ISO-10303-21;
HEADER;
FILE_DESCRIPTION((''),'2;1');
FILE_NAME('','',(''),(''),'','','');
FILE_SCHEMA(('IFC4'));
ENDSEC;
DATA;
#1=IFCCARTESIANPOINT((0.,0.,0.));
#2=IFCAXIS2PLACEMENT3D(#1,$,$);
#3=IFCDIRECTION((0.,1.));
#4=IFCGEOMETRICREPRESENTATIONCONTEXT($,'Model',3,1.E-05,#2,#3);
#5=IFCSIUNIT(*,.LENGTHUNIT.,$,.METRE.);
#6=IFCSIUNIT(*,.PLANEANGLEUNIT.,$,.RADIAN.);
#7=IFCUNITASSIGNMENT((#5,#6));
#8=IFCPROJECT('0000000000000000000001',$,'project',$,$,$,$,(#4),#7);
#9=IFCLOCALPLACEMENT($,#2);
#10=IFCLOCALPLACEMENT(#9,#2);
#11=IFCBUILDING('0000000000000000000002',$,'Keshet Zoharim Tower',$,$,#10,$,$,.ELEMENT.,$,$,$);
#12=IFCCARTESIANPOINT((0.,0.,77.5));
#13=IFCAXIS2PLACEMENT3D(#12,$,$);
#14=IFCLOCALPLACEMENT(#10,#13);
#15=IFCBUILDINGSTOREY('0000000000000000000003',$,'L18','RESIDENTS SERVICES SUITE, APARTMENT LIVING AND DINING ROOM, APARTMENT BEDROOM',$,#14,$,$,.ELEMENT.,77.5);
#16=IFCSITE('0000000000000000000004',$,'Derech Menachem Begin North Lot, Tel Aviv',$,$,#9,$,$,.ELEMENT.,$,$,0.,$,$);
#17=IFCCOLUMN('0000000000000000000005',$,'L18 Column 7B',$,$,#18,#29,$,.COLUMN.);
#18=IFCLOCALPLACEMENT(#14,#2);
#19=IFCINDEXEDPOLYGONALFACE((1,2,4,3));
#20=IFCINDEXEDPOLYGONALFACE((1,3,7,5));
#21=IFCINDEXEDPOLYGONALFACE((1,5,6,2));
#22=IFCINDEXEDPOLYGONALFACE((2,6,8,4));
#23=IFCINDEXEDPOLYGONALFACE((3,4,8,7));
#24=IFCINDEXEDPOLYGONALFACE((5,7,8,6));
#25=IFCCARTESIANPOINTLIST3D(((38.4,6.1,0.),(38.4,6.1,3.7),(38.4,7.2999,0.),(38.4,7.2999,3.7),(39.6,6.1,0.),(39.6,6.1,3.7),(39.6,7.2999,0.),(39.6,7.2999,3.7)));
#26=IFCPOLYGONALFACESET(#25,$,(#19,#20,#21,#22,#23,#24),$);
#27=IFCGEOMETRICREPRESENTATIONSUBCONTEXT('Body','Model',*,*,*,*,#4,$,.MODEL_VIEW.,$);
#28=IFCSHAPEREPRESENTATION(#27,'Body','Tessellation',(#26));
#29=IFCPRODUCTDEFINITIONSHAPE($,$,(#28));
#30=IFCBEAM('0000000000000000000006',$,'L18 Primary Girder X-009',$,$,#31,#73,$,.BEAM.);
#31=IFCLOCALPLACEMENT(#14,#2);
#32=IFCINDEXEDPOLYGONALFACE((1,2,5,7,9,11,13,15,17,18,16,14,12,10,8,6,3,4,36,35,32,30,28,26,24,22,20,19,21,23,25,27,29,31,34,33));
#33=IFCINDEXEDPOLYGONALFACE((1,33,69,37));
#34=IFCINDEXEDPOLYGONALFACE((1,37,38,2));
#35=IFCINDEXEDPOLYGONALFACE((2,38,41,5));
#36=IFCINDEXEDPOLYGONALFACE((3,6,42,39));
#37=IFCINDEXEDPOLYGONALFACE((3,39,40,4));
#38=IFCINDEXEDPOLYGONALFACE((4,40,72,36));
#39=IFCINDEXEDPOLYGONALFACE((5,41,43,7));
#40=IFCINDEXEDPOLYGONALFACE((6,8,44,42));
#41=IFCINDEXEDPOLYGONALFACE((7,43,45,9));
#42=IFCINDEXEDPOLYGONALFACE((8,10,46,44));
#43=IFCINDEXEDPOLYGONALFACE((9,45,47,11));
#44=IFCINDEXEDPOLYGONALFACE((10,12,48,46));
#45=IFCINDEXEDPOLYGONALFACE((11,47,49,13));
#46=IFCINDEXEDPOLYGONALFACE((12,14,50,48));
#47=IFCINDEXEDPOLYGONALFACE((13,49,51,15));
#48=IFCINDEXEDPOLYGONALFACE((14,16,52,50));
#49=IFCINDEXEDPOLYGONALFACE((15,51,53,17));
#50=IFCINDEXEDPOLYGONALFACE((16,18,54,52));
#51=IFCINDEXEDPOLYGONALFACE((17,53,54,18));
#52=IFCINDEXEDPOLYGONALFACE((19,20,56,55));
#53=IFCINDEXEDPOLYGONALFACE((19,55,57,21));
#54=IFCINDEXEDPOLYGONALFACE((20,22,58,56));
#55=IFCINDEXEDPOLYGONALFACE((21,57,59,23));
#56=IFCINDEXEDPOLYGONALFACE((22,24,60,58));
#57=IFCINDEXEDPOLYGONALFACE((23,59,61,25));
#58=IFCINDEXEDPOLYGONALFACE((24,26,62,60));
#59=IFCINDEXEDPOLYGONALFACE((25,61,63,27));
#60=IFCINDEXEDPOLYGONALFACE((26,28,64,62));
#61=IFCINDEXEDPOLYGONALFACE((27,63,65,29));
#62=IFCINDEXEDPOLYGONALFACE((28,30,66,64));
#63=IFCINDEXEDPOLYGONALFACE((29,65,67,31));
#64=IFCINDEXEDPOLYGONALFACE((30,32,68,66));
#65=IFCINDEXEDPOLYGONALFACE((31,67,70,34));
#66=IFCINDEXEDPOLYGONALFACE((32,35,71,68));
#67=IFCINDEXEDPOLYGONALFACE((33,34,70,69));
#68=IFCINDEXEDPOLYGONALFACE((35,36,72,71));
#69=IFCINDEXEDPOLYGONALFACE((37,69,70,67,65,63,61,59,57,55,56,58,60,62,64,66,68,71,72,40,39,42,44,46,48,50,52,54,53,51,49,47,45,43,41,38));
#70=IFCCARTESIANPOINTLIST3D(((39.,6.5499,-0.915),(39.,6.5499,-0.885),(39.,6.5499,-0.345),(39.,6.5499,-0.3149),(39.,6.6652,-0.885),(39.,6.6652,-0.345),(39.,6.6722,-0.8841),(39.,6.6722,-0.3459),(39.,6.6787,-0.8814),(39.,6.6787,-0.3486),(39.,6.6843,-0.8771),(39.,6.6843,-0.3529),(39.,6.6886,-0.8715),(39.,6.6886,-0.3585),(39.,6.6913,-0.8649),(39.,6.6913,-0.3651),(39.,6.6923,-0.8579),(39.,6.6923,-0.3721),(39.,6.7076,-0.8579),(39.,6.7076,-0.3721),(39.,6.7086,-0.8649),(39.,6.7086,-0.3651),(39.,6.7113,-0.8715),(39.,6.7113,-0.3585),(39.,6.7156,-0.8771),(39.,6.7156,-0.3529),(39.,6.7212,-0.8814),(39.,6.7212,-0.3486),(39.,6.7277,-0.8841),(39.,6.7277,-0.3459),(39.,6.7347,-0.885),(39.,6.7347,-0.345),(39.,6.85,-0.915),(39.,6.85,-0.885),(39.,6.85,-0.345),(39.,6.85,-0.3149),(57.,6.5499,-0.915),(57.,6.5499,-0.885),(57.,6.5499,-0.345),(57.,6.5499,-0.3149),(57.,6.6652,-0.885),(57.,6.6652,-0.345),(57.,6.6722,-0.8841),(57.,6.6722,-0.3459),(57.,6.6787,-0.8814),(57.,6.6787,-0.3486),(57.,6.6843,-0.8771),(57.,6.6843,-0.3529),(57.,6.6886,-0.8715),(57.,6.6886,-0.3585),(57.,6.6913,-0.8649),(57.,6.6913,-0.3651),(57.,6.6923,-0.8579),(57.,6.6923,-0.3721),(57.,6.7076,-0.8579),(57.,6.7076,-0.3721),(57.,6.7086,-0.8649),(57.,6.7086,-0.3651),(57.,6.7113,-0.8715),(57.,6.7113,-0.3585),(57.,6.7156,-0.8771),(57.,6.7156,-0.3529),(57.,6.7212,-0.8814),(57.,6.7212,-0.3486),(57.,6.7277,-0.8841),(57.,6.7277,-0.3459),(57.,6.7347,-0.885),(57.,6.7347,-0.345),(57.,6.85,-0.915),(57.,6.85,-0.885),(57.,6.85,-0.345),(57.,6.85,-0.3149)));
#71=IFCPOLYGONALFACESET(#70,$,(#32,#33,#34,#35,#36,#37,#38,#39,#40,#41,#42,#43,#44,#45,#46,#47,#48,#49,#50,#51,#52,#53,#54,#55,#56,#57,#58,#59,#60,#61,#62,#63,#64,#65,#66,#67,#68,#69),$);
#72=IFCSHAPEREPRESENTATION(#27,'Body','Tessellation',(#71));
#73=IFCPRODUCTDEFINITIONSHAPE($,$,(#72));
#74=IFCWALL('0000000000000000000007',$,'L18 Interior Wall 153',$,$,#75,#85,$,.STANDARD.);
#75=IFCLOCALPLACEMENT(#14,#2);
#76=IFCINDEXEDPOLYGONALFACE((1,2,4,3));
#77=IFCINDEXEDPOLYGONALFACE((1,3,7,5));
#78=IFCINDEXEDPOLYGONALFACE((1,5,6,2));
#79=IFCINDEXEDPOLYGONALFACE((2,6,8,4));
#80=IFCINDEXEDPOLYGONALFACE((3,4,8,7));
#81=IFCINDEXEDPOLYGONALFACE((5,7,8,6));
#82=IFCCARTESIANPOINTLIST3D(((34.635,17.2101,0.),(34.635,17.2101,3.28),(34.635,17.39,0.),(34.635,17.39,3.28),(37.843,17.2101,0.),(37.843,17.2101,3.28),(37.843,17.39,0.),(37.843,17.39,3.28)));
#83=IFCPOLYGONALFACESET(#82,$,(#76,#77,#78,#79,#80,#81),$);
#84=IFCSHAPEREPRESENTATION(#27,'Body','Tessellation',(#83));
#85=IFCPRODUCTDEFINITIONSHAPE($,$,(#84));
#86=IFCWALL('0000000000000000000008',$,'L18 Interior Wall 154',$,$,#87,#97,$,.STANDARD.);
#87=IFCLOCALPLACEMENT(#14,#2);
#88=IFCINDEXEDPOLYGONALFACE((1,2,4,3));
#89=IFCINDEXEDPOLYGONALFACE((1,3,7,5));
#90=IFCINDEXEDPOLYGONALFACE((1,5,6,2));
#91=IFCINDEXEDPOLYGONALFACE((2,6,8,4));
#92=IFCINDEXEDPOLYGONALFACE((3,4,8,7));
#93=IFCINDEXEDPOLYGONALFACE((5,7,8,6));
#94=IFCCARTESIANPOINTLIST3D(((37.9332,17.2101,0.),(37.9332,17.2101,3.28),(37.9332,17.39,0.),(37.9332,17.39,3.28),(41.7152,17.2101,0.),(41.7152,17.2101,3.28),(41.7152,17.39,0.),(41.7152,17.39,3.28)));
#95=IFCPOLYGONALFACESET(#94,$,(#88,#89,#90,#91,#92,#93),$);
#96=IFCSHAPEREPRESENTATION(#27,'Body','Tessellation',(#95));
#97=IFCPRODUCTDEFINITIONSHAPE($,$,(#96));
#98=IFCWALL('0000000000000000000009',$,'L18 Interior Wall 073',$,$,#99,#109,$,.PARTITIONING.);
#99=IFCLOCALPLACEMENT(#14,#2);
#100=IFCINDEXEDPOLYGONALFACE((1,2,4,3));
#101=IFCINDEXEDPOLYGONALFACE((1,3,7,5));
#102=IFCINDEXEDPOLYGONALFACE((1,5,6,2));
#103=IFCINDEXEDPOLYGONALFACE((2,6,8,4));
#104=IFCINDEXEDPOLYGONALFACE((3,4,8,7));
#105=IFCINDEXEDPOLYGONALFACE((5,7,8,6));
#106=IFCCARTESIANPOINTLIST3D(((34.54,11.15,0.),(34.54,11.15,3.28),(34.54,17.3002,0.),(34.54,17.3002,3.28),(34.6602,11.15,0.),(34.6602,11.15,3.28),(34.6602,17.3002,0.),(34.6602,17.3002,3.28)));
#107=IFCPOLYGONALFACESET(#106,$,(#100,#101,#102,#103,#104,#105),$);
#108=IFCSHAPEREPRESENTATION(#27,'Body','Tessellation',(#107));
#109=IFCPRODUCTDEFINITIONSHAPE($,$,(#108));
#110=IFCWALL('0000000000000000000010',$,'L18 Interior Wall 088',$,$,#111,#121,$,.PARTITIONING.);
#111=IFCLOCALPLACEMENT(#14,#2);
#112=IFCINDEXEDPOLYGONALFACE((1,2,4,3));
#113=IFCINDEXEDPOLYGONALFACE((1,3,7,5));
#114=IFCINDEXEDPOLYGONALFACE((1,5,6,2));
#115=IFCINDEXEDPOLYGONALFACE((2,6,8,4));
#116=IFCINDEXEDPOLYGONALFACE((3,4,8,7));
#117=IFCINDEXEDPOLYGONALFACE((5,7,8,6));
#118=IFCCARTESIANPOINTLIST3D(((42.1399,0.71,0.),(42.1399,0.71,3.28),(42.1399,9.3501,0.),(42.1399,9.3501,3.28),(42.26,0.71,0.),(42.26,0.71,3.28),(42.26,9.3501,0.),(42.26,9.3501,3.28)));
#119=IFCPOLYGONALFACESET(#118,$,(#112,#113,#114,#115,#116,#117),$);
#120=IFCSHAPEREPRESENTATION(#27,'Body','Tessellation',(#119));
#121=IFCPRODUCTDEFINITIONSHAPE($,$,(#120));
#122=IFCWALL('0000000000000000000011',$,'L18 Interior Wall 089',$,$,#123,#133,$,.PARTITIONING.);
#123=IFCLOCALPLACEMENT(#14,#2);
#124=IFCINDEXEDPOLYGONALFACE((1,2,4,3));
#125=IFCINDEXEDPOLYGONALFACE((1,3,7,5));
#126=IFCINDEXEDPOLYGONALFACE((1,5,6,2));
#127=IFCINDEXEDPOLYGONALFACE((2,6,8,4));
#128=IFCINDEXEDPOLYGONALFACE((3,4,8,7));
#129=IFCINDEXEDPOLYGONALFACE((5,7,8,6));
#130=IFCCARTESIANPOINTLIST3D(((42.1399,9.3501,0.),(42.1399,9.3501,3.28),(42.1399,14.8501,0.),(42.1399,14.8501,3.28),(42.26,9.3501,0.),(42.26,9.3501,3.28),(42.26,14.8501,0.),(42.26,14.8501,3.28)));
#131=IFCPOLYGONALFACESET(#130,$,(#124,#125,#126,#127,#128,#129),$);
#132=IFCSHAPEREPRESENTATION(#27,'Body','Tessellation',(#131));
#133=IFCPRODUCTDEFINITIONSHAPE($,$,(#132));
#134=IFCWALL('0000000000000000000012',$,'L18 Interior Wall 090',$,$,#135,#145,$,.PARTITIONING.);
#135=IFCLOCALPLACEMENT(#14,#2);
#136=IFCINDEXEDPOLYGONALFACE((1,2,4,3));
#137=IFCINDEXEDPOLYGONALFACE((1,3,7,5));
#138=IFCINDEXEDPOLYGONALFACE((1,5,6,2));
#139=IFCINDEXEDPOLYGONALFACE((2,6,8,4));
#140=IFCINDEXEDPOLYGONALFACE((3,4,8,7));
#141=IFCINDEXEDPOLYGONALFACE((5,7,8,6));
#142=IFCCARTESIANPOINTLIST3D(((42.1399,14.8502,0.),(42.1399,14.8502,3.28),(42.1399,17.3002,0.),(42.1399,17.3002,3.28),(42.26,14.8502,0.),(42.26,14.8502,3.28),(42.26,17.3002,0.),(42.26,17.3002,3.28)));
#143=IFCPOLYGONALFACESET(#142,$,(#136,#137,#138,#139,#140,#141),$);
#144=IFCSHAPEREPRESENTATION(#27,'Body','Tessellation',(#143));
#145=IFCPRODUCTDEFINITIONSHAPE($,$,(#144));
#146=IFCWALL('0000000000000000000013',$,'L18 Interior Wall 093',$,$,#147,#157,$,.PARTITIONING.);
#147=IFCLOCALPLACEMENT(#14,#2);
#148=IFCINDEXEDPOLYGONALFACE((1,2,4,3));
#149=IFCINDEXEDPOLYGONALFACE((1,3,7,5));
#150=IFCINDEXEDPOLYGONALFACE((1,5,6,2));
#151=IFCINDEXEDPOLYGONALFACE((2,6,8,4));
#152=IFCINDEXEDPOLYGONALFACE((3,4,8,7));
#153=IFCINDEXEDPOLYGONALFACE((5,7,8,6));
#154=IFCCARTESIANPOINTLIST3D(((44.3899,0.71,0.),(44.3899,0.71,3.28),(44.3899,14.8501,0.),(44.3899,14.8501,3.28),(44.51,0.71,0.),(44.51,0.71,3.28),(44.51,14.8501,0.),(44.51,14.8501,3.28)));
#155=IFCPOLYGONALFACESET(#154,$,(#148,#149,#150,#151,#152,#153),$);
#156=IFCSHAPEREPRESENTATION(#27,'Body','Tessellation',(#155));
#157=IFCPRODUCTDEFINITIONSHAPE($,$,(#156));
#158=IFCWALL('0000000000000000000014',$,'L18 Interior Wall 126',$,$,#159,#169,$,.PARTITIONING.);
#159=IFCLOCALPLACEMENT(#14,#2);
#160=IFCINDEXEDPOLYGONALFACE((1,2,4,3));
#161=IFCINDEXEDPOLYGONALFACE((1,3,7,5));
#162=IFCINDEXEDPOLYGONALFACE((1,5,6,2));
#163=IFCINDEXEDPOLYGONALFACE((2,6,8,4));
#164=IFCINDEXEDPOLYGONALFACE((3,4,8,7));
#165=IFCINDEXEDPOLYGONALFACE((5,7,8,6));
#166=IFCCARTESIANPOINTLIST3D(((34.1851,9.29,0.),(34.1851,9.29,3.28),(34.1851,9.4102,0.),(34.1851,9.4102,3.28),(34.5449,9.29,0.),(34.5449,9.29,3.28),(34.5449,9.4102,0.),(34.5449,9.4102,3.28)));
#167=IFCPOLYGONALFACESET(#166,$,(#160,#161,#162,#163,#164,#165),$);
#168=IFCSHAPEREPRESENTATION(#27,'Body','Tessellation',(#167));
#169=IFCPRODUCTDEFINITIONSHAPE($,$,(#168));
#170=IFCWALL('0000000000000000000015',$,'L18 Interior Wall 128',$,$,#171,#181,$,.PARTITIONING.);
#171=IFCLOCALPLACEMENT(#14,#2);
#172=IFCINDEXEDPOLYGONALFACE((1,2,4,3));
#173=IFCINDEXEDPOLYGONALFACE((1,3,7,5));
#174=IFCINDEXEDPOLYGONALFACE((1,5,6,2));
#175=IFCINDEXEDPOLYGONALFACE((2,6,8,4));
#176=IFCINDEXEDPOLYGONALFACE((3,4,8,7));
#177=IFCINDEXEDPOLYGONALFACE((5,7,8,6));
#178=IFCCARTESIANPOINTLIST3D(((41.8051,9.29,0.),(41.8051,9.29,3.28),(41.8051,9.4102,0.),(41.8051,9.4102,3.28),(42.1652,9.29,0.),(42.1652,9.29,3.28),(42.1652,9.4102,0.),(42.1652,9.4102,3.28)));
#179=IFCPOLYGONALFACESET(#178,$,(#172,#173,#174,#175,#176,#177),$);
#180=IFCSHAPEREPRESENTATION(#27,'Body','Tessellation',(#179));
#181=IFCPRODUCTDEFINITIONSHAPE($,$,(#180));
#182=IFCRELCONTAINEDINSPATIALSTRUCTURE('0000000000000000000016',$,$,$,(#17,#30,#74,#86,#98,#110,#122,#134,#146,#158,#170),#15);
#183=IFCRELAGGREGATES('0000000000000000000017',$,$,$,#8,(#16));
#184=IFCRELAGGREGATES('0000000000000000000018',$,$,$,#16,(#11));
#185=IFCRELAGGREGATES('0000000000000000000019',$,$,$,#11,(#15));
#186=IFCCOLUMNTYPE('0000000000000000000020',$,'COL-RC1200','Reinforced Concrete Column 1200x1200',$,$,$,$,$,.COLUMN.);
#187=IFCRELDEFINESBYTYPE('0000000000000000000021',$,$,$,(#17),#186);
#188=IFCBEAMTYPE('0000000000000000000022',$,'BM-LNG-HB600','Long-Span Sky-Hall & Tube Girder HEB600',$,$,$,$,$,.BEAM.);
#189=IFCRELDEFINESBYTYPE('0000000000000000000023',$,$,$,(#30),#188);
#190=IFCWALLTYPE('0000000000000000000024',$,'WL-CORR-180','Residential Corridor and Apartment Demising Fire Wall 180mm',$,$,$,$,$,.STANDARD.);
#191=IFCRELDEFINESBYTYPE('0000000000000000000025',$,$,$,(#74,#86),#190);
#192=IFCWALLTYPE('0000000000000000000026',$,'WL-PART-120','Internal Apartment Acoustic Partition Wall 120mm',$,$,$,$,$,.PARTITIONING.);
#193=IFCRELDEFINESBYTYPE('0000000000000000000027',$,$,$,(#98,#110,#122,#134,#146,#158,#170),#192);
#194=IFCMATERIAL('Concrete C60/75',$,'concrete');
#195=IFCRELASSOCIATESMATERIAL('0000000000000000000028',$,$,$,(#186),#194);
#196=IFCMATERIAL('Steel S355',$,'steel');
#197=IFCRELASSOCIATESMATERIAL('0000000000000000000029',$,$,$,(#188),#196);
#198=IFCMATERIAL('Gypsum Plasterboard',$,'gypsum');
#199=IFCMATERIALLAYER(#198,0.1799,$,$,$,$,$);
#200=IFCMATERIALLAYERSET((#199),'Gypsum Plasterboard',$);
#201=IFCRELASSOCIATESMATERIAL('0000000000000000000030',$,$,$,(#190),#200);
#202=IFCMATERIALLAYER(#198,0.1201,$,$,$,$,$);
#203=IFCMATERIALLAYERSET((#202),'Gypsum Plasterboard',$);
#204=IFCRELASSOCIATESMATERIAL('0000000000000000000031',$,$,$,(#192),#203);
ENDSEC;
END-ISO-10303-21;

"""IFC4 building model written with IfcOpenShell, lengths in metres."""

from ifc_helpers import new_model, si_unit, direction, frame, frame_2d, origin, origin_2d, place, context, subcontext, project, spatial, rectangle, i_section, extrude, material, layer, layer_set, material_profile, profile_set, type_object, element, save


model = new_model("IFC4")

# Units and contexts
model_context = context("Model", 3, precision=1e-05, world=origin(), true_north=direction((0.0, 1.0)))
body_context = subcontext(model_context, "Body", "Model", "MODEL_VIEW")
ifc_project = project(units=[si_unit("LENGTHUNIT", "METRE"), si_unit("PLANEANGLEUNIT", "RADIAN")], contexts=[model_context])

# Site, building, storey
site_placement = place(None, origin())
site = spatial("IfcSite", under=ifc_project, at=site_placement, Name="Derech Menachem Begin North Lot, Tel Aviv", CompositionType="ELEMENT", RefElevation=0.0)
building_placement = place(site_placement, origin())
building = spatial("IfcBuilding", under=site, at=building_placement, Name="Keshet Zoharim Tower", CompositionType="ELEMENT")
storey_placement = place(building_placement, frame((0.0, 0.0, 77.5)))
storey = spatial("IfcBuildingStorey", under=building, at=storey_placement, Name="L18", Description="RESIDENTS SERVICES SUITE, APARTMENT LIVING AND DINING ROOM, APARTMENT BEDROOM", CompositionType="ELEMENT", Elevation=77.5)

# Column
ifc_material_1 = material(Name="Concrete C60/75", Category="concrete")
ifc_material_profile_1 = material_profile(ifc_material_1, rectangle(XDim=1.2, YDim=1.2, at=origin_2d()), Name="RC1200x1200")
ifc_profile_set_1 = profile_set([ifc_material_profile_1], Name="Concrete C60/75")
column_type = type_object("IfcColumnType", Name="COL-RC1200", Description="Reinforced Concrete Column 1200x1200", PredefinedType="COLUMN", material=ifc_profile_set_1)
column_placement = place(storey_placement, frame((39.0, 6.7, 0.0), z_axis=(0.0, 0.0, 1.0), x_axis=(1.0, 0.0, 0.0)))
element("IfcColumn", 1, at=column_placement, inside=storey, type_object=column_type, Name="L18 Column 7B", PredefinedType="COLUMN", context=body_context, shape_type="SweptSolid", body=[
    extrude(rectangle(XDim=1.2, YDim=1.2, at=origin_2d()), origin(), (0.0, 0.0, 1.0), 3.7),
])

# Beam
ifc_material_2 = material(Name="Steel S355", Category="steel")
ifc_material_profile_2 = material_profile(ifc_material_2, i_section(OverallWidth=0.3, OverallDepth=0.6001, WebThickness=0.0154, FlangeThickness=0.03, FilletRadius=0.0271, at=origin_2d()), Name="HEB600")
ifc_profile_set_2 = profile_set([ifc_material_profile_2], Name="Steel S355")
beam_type = type_object("IfcBeamType", Name="BM-LNG-HB600", Description="Long-Span Sky-Hall & Tube Girder HEB600", PredefinedType="BEAM", material=ifc_profile_set_2)
beam_placement = place(storey_placement, frame((39.0, 6.7, -0.615), z_axis=(1.0, 0.0, 0.0), x_axis=(0.0, 1.0, 0.0)))
element("IfcBeam", 2, at=beam_placement, inside=storey, type_object=beam_type, Name="L18 Primary Girder X-009", PredefinedType="BEAM", context=body_context, shape_type="SweptSolid", body=[
    extrude(i_section(OverallWidth=0.3, OverallDepth=0.6001, WebThickness=0.0154, FlangeThickness=0.03, FilletRadius=0.0271, at=origin_2d()), origin(), (0.0, 0.0, 1.0), 18.0),
])

# Walls
ifc_material_3 = material(Name="Gypsum Plasterboard", Category="gypsum")
ifc_layer_1 = layer(ifc_material_3, 0.1799)
ifc_layer_set_1 = layer_set([ifc_layer_1], Name="Gypsum Plasterboard")
wall_type_1 = type_object("IfcWallType", Name="WL-CORR-180", Description="Residential Corridor and Apartment Demising Fire Wall 180mm", PredefinedType="STANDARD", material=ifc_layer_set_1)
wall_1_placement = place(storey_placement, frame((34.635, 17.3, 0.0), z_axis=(0.0, 0.0, 1.0), x_axis=(1.0, 0.0, 0.0)))
element("IfcWall", 3, at=wall_1_placement, inside=storey, type_object=wall_type_1, Name="L18 Interior Wall 153", PredefinedType="STANDARD", context=body_context, shape_type="SweptSolid", body=[
    extrude(rectangle(XDim=3.208, YDim=0.1799, at=frame_2d((1.604, 0.0))), origin(), (0.0, 0.0, 1.0), 3.28),
])
wall_2_placement = place(storey_placement, frame((37.9331, 17.3, 0.0), z_axis=(0.0, 0.0, 1.0), x_axis=(1.0, 0.0, 0.0)))
element("IfcWall", 4, at=wall_2_placement, inside=storey, type_object=wall_type_1, Name="L18 Interior Wall 154", PredefinedType="STANDARD", context=body_context, shape_type="SweptSolid", body=[
    extrude(rectangle(XDim=3.782, YDim=0.1799, at=frame_2d((1.8911, 0.0))), origin(), (0.0, 0.0, 1.0), 3.28),
])

# Walls
ifc_layer_2 = layer(ifc_material_3, 0.1201)
ifc_layer_set_2 = layer_set([ifc_layer_2], Name="Gypsum Plasterboard")
wall_type_2 = type_object("IfcWallType", Name="WL-PART-120", Description="Internal Apartment Acoustic Partition Wall 120mm", PredefinedType="PARTITIONING", material=ifc_layer_set_2)
wall_3_placement = place(storey_placement, frame((34.6001, 11.1499, 0.0), z_axis=(0.0, 0.0, 1.0), x_axis=(0.0, 1.0, 0.0)))
element("IfcWall", 5, at=wall_3_placement, inside=storey, type_object=wall_type_2, Name="L18 Interior Wall 073", PredefinedType="PARTITIONING", context=body_context, shape_type="SweptSolid", body=[
    extrude(rectangle(XDim=6.1501, YDim=0.1201, at=frame_2d((3.0752, 0.0))), origin(), (0.0, 0.0, 1.0), 3.28),
])
wall_4_placement = place(storey_placement, frame((42.2, 0.71, 0.0), z_axis=(0.0, 0.0, 1.0), x_axis=(0.0, 1.0, 0.0)))
element("IfcWall", 6, at=wall_4_placement, inside=storey, type_object=wall_type_2, Name="L18 Interior Wall 088", PredefinedType="PARTITIONING", context=body_context, shape_type="SweptSolid", body=[
    extrude(rectangle(XDim=8.6401, YDim=0.1201, at=frame_2d((4.3201, 0.0))), origin(), (0.0, 0.0, 1.0), 3.28),
])
wall_5_placement = place(storey_placement, frame((42.2, 9.3501, 0.0), z_axis=(0.0, 0.0, 1.0), x_axis=(0.0, 1.0, 0.0)))
element("IfcWall", 7, at=wall_5_placement, inside=storey, type_object=wall_type_2, Name="L18 Interior Wall 089", PredefinedType="PARTITIONING", context=body_context, shape_type="SweptSolid", body=[
    extrude(rectangle(XDim=5.5, YDim=0.1201, at=frame_2d((2.75, 0.0))), origin(), (0.0, 0.0, 1.0), 3.28),
])
wall_6_placement = place(storey_placement, frame((42.2, 14.8501, 0.0), z_axis=(0.0, 0.0, 1.0), x_axis=(0.0, 1.0, 0.0)))
element("IfcWall", 8, at=wall_6_placement, inside=storey, type_object=wall_type_2, Name="L18 Interior Wall 090", PredefinedType="PARTITIONING", context=body_context, shape_type="SweptSolid", body=[
    extrude(rectangle(XDim=2.45, YDim=0.1201, at=frame_2d((1.2251, 0.0))), origin(), (0.0, 0.0, 1.0), 3.28),
])
wall_7_placement = place(storey_placement, frame((44.45, 0.71, 0.0), z_axis=(0.0, 0.0, 1.0), x_axis=(0.0, 1.0, 0.0)))
element("IfcWall", 9, at=wall_7_placement, inside=storey, type_object=wall_type_2, Name="L18 Interior Wall 093", PredefinedType="PARTITIONING", context=body_context, shape_type="SweptSolid", body=[
    extrude(rectangle(XDim=14.1401, YDim=0.1201, at=frame_2d((7.0701, 0.0))), origin(), (0.0, 0.0, 1.0), 3.28),
])
wall_8_placement = place(storey_placement, frame((34.1851, 9.3501, 0.0), z_axis=(0.0, 0.0, 1.0), x_axis=(1.0, 0.0, 0.0)))
element("IfcWall", 10, at=wall_8_placement, inside=storey, type_object=wall_type_2, Name="L18 Interior Wall 126", PredefinedType="PARTITIONING", context=body_context, shape_type="SweptSolid", body=[
    extrude(rectangle(XDim=0.3599, YDim=0.1201, at=frame_2d((0.1799, 0.0))), origin(), (0.0, 0.0, 1.0), 3.28),
])

# Wall
wall_9_placement = place(storey_placement, frame((41.8049, 9.3501, 0.0), z_axis=(0.0, 0.0, 1.0), x_axis=(1.0, 0.0, 0.0)))
element("IfcWall", 11, at=wall_9_placement, inside=storey, type_object=wall_type_2, Name="L18 Interior Wall 128", PredefinedType="PARTITIONING", context=body_context, shape_type="SweptSolid", body=[
    extrude(rectangle(XDim=0.3601, YDim=0.1201, at=frame_2d((0.1802, 0.0))), origin(), (0.0, 0.0, 1.0), 3.28),
])

save(model, "model.ifc")
